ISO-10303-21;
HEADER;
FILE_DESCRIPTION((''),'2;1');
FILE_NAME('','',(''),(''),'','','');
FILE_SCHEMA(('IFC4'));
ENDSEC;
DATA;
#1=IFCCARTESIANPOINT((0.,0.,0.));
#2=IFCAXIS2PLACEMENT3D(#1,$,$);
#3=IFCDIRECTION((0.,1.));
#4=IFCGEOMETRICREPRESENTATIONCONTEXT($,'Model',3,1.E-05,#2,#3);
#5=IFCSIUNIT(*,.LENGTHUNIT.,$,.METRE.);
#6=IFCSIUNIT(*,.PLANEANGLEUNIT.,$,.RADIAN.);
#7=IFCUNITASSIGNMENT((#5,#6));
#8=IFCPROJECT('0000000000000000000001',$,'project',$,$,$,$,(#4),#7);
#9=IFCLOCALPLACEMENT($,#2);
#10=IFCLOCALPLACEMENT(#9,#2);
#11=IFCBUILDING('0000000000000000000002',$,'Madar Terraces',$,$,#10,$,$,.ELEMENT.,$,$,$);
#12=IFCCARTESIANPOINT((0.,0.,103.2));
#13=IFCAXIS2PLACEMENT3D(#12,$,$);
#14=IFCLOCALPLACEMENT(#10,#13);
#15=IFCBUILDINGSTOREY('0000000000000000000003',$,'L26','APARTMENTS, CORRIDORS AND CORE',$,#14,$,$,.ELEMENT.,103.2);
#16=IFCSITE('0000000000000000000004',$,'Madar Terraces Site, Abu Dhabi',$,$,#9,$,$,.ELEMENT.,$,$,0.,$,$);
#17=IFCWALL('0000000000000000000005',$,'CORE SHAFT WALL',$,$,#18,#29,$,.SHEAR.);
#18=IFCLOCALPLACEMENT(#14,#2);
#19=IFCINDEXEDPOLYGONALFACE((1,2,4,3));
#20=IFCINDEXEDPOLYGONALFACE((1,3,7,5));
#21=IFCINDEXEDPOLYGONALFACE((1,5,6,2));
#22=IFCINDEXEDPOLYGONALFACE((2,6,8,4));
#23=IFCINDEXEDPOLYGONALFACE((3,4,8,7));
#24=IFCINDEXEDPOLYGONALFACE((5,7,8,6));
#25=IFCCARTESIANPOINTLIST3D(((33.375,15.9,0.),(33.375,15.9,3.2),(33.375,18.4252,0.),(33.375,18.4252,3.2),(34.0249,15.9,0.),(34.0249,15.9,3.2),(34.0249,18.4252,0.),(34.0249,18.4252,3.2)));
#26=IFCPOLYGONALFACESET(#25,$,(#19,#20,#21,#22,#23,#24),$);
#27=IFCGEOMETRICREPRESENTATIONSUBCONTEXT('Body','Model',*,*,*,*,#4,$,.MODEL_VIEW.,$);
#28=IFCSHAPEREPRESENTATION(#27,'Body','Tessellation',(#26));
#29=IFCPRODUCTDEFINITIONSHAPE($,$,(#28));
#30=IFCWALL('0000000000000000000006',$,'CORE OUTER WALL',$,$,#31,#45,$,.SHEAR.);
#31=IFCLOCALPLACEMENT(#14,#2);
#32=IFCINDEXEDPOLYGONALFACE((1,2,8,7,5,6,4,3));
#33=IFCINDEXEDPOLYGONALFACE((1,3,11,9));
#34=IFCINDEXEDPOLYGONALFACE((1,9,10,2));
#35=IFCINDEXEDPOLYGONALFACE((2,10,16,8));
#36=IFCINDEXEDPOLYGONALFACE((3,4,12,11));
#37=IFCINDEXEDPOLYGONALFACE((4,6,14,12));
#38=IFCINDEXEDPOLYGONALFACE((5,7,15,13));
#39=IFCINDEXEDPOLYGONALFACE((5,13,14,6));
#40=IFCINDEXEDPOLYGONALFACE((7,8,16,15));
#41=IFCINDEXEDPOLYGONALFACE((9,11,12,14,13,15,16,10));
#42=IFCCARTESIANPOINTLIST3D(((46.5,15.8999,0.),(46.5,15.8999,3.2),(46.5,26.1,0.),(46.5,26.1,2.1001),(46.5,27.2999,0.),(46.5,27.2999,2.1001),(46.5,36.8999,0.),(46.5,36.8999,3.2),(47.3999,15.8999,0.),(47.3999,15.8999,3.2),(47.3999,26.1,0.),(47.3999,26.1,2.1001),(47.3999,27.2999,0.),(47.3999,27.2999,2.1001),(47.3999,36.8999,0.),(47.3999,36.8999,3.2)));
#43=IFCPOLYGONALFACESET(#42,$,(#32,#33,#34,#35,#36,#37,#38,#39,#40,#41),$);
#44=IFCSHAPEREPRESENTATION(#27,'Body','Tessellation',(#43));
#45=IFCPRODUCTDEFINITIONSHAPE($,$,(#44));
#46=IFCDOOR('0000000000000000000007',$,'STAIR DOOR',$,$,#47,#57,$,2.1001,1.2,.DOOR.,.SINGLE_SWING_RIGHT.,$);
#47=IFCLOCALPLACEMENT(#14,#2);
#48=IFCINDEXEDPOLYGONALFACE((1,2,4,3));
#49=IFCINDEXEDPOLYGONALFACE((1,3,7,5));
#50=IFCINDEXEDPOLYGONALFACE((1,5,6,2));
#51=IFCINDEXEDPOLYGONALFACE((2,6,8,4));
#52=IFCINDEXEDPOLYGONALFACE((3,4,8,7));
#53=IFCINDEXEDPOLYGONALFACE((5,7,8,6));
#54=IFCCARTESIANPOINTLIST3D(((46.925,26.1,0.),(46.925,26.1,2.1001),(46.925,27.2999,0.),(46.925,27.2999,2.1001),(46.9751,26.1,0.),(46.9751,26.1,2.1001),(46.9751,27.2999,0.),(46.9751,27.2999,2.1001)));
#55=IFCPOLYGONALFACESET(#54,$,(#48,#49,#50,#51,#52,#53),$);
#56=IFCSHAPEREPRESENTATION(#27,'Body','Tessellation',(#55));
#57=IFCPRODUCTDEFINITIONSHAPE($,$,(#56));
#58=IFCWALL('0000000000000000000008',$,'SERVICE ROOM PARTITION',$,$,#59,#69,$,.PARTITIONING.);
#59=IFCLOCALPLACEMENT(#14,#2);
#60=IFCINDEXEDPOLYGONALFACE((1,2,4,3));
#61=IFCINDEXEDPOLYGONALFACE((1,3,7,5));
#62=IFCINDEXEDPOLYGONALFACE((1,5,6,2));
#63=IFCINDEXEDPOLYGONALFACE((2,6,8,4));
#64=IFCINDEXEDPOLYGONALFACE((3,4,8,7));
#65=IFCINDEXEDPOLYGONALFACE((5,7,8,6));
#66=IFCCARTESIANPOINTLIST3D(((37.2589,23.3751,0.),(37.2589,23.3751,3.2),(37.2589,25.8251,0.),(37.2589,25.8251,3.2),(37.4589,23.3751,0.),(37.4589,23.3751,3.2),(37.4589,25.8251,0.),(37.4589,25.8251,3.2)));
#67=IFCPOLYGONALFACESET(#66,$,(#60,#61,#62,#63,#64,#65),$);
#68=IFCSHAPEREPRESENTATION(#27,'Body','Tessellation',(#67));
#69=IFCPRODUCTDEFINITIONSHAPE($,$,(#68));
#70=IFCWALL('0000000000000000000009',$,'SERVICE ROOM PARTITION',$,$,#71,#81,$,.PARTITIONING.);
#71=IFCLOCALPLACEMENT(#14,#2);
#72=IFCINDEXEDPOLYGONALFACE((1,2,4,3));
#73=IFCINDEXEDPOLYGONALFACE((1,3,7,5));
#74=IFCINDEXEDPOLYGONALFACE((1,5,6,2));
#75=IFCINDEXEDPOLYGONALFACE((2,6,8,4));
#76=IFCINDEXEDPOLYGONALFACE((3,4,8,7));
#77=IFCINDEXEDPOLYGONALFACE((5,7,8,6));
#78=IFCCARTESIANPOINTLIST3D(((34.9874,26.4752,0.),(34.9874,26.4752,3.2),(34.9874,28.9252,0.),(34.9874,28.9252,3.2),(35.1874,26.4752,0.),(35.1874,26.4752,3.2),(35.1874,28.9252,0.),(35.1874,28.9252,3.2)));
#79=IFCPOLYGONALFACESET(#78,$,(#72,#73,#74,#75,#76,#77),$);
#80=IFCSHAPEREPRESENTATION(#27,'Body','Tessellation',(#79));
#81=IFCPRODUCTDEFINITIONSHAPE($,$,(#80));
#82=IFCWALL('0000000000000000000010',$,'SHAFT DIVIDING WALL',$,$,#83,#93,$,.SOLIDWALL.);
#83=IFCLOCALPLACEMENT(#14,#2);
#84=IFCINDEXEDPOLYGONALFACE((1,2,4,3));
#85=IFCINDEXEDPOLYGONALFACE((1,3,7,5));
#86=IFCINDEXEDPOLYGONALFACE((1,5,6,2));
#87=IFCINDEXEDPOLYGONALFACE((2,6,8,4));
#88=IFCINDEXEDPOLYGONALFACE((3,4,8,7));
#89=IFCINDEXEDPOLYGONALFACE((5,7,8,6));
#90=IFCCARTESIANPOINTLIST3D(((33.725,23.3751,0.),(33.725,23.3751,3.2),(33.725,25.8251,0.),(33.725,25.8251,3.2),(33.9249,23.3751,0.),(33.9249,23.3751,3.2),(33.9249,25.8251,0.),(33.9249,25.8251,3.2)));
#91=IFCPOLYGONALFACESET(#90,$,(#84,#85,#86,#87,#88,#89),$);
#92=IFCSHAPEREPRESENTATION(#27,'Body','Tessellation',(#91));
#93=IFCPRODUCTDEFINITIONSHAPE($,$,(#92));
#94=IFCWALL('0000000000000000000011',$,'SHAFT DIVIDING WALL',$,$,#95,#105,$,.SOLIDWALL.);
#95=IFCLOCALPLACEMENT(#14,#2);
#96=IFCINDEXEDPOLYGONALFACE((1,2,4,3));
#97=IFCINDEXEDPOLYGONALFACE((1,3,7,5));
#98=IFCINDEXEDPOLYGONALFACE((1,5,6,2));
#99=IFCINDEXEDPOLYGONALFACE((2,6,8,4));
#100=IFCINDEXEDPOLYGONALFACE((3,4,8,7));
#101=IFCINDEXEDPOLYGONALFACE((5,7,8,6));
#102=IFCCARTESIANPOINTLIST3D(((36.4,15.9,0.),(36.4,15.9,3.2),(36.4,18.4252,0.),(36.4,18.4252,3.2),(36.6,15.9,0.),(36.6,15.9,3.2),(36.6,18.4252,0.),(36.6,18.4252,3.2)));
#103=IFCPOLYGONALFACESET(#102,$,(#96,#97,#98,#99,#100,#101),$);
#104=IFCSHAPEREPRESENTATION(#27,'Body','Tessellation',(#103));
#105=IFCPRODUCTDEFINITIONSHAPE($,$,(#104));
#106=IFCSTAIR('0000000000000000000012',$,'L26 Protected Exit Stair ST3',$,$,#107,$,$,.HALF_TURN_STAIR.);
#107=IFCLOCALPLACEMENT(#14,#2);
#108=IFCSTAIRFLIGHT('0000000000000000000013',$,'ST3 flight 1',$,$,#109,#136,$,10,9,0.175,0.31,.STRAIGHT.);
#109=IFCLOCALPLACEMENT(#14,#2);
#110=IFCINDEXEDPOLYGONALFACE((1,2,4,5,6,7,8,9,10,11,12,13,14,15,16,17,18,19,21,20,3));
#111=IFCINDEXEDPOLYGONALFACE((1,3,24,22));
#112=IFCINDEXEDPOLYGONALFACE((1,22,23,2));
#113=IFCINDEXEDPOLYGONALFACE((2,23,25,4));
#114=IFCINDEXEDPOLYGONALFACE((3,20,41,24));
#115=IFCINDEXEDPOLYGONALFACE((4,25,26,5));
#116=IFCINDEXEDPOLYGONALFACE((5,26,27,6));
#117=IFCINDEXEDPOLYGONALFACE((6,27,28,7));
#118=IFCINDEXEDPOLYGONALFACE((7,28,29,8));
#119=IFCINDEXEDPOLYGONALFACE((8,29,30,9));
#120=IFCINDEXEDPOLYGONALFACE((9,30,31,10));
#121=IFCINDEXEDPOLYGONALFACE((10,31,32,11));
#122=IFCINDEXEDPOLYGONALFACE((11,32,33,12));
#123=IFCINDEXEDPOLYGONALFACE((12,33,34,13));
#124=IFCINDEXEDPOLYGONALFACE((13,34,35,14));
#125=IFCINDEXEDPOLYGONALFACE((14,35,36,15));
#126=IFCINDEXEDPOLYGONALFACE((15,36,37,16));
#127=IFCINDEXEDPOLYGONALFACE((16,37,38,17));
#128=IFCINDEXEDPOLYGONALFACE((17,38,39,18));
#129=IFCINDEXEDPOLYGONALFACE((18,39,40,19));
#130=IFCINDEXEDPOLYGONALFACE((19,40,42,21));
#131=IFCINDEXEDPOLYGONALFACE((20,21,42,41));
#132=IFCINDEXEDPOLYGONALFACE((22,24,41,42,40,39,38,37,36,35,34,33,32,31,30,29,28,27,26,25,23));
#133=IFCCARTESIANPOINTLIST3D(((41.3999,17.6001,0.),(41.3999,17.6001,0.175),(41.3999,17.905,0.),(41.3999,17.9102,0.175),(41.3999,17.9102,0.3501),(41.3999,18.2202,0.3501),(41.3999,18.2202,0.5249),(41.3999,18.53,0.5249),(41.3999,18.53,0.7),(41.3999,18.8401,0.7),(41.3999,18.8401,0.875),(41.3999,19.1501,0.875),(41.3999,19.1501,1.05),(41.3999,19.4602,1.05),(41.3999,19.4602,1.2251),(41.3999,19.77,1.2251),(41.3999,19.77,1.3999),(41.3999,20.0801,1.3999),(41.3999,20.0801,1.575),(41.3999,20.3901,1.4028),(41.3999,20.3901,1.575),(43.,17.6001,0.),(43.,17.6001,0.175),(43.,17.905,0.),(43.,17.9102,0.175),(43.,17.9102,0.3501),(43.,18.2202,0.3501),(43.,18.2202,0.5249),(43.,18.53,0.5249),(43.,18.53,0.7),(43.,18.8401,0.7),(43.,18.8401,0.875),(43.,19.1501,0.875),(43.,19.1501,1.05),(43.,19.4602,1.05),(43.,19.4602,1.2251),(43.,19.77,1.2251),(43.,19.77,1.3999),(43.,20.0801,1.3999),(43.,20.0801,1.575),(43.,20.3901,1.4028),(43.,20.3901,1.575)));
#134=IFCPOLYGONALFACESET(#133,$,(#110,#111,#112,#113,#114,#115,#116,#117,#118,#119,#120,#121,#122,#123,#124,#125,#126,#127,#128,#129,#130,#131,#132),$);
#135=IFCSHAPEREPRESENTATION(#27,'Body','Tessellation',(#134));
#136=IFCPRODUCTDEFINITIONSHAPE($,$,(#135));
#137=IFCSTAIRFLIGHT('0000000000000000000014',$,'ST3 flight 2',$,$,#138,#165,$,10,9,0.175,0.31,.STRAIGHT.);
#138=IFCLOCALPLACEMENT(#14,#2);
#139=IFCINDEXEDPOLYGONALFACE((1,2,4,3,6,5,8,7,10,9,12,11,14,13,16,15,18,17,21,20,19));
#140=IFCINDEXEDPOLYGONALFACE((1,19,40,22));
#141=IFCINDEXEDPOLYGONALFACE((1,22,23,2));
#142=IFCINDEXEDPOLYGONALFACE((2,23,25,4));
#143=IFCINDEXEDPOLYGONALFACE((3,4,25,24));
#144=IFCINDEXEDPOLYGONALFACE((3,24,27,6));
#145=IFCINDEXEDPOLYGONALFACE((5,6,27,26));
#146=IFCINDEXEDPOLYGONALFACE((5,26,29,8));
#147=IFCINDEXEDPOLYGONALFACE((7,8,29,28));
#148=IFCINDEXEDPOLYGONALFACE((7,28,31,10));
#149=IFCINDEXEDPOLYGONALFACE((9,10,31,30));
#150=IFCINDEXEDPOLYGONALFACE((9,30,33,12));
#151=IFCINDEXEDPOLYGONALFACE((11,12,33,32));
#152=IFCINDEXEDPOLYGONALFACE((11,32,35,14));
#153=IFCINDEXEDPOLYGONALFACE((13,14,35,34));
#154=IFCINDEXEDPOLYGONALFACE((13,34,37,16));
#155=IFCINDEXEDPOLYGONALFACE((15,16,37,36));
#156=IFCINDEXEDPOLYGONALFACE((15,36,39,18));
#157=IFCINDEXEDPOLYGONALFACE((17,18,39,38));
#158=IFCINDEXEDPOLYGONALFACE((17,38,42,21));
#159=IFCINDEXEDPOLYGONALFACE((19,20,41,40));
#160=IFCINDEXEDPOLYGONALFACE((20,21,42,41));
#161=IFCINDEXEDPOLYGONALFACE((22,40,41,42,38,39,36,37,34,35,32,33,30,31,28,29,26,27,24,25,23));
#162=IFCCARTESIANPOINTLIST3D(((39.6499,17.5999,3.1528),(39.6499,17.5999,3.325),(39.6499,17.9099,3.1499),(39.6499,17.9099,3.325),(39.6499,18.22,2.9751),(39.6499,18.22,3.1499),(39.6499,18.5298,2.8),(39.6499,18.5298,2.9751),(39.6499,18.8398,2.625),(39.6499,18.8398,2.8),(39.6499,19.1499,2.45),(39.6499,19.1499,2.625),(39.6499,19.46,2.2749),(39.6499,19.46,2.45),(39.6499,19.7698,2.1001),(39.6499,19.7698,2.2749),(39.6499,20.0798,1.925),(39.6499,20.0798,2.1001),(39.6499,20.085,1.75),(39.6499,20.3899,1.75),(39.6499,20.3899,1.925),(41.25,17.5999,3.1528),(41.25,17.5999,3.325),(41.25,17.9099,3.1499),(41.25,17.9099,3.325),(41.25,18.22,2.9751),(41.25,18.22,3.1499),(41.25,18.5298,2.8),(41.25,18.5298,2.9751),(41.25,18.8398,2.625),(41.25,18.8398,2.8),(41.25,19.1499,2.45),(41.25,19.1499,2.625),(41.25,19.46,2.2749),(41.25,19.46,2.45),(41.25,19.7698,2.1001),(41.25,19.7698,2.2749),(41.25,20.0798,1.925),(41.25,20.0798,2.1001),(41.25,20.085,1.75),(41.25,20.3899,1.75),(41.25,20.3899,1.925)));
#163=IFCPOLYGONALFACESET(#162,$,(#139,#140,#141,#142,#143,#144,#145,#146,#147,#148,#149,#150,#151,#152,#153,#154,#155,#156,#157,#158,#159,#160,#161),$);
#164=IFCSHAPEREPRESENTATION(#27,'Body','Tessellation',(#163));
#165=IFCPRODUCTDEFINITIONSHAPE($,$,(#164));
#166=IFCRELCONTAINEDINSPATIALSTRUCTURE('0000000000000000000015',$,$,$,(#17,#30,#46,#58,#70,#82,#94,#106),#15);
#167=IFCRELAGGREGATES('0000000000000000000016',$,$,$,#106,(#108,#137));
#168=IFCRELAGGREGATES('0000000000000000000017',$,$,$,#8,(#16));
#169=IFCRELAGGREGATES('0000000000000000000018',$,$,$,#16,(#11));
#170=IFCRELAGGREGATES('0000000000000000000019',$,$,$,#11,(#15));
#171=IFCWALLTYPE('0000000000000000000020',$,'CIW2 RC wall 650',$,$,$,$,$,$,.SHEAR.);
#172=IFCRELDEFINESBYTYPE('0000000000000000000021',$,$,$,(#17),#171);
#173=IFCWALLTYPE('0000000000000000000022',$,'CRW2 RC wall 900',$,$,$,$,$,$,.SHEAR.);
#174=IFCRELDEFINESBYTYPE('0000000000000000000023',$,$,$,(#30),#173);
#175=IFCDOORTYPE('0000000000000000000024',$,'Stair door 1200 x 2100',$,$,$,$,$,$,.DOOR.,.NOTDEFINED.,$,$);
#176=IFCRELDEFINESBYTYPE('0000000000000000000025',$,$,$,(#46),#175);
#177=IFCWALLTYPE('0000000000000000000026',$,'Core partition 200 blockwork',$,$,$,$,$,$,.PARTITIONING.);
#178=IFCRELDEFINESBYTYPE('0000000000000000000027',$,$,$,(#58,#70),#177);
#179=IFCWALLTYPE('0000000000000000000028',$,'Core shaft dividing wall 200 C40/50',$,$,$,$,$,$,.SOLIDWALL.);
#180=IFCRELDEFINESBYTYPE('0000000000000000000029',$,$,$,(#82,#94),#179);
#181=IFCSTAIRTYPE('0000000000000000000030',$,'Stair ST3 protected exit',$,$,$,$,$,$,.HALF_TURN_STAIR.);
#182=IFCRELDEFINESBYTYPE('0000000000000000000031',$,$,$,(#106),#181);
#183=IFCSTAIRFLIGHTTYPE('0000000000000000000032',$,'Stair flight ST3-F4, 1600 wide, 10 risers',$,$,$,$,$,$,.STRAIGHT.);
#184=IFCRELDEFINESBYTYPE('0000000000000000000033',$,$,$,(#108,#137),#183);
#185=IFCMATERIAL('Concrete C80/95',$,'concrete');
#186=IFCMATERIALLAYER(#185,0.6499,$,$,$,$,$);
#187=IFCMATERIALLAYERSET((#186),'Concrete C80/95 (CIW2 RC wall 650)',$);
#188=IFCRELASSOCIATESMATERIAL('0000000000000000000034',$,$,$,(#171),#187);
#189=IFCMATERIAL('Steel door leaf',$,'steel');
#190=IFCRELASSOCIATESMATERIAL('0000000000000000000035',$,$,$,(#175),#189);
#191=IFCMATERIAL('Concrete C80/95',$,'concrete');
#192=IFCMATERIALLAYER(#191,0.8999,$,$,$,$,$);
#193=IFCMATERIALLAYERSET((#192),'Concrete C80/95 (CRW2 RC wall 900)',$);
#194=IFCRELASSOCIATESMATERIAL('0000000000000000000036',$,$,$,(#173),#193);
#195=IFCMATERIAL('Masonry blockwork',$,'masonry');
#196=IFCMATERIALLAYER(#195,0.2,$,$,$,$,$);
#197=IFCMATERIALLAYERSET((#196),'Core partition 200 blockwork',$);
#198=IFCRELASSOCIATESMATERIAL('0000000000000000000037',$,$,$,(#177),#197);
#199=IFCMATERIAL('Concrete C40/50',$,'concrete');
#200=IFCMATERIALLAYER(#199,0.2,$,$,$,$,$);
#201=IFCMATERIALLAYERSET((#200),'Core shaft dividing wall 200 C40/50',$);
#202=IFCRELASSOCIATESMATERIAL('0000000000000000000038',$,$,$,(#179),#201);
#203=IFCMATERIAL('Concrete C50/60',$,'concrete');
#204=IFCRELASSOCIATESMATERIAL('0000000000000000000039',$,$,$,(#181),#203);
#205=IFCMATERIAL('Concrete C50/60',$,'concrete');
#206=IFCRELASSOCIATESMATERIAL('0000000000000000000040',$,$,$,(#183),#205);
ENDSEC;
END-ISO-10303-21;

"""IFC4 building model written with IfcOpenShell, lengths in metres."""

from ifc_helpers import new_model, si_unit, direction, frame, frame_2d, origin, place, context, subcontext, project, spatial, polyline, rectangle, outline, extrude, material, layer, layer_set, type_object, element, fill, aggregate, save


model = new_model("IFC4")

# Units and contexts
model_context = context("Model", 3, precision=1e-05, world=origin(), true_north=direction((0.0, 1.0)))
body_context = subcontext(model_context, "Body", "Model", "MODEL_VIEW")
ifc_project = project(units=[si_unit("LENGTHUNIT", "METRE"), si_unit("PLANEANGLEUNIT", "RADIAN")], contexts=[model_context])

# Site, building, storey
site_placement = place(None, origin())
site = spatial("IfcSite", under=ifc_project, at=site_placement, Name="Madar Terraces Site, Abu Dhabi", CompositionType="ELEMENT", RefElevation=0.0)
building_placement = place(site_placement, origin())
building = spatial("IfcBuilding", under=site, at=building_placement, Name="Madar Terraces", CompositionType="ELEMENT")
storey_placement = place(building_placement, frame((0.0, 0.0, 103.2)))
storey = spatial("IfcBuildingStorey", under=building, at=storey_placement, Name="L26", Description="APARTMENTS, CORRIDORS AND CORE", CompositionType="ELEMENT", Elevation=103.2)

# Shared definitions
ifc_material_1 = material(Name="Concrete C80/95", Category="concrete")
ifc_layer_1 = layer(ifc_material_1, 0.6499)
ifc_layer_set_1 = layer_set([ifc_layer_1], Name="Concrete C80/95 (CIW2 RC wall 650)")
wall_type_1 = type_object("IfcWallType", Name="CIW2 RC wall 650", PredefinedType="SHEAR", material=ifc_layer_set_1)

# Shared definitions
ifc_material_2 = material(Name="Steel door leaf", Category="steel")
door_type_1 = type_object("IfcDoorType", Name="Stair door 1200 x 2100", OperationType="NOTDEFINED", PredefinedType="DOOR", material=ifc_material_2)

# Wall
wall_1_placement = place(storey_placement, frame((33.7, 15.8999, 0.0), z_axis=(0.0, 0.0, 1.0), x_axis=(0.0, 1.0, 0.0)))
element("IfcWall", 1, at=wall_1_placement, inside=storey, type_object=wall_type_1, Name="CORE SHAFT WALL", PredefinedType="SHEAR", context=body_context, shape_type="SweptSolid", body=[
    extrude(rectangle(XDim=2.5251, YDim=0.6499, at=frame_2d((1.2627, 0.0))), origin(), (0.0, 0.0, 1.0), 3.2),
])

# Wall, opening, door
ifc_material_3 = material(Name="Concrete C80/95", Category="concrete")
ifc_layer_2 = layer(ifc_material_3, 0.8999)
ifc_layer_set_2 = layer_set([ifc_layer_2], Name="Concrete C80/95 (CRW2 RC wall 900)")
wall_type_2 = type_object("IfcWallType", Name="CRW2 RC wall 900", PredefinedType="SHEAR", material=ifc_layer_set_2)
wall_2_placement = place(storey_placement, frame((46.95, 15.8999, 0.0), z_axis=(0.0, 0.0, 1.0), x_axis=(0.0, 1.0, 0.0)))
wall_2 = element("IfcWall", 2, at=wall_2_placement, inside=storey, type_object=wall_type_2, Name="CORE OUTER WALL", PredefinedType="SHEAR", context=body_context, shape_type="SweptSolid", body=[
    extrude(rectangle(XDim=21.0, YDim=0.8999, at=frame_2d((10.5, 0.0))), origin(), (0.0, 0.0, 1.0), 3.2),
])
opening_1_placement = place(wall_2_placement, frame((10.2, 0.0, 0.0)))
opening_1 = element("IfcOpeningElement", 3, at=opening_1_placement, cuts=wall_2, PredefinedType="OPENING", context=body_context, shape_type="SweptSolid", body=[
    extrude(rectangle(XDim=1.2, YDim=2.1001, at=frame_2d((0.6001, 1.05))), frame((0.0, 0.46, 0.0), z_axis=(0.0, -1.0, 0.0), x_axis=(1.0, 0.0, 0.0)), (0.0, 0.0, 1.0), 0.9199),
])
door_1_placement = place(opening_1_placement, origin())
door_1 = element("IfcDoor", 4, at=door_1_placement, inside=storey, type_object=door_type_1, Name="STAIR DOOR", OperationType="SINGLE_SWING_RIGHT", OverallHeight=2.1001, OverallWidth=1.2, PredefinedType="DOOR", context=body_context, shape_type="SweptSolid", body=[
    extrude(rectangle(XDim=1.2, YDim=2.1001, at=frame_2d((0.6001, 1.05))), frame((0.0, 0.0249, 0.0), z_axis=(0.0, -1.0, 0.0), x_axis=(1.0, 0.0, 0.0)), (0.0, 0.0, 1.0), 0.05),
])
fill(opening_1, door_1)

# Walls
ifc_material_4 = material(Name="Masonry blockwork", Category="masonry")
ifc_layer_3 = layer(ifc_material_4, 0.2)
ifc_layer_set_3 = layer_set([ifc_layer_3], Name="Core partition 200 blockwork")
wall_type_3 = type_object("IfcWallType", Name="Core partition 200 blockwork", PredefinedType="PARTITIONING", material=ifc_layer_set_3)
for number, where, z_axis, x_axis, name in (
    (5, (37.3589, 23.375, 0.0), (0.0, 0.0, 1.0), (0.0, 1.0, 0.0), "SERVICE ROOM PARTITION"),
    (6, (35.0874, 26.4751, 0.0), (0.0, 0.0, 1.0), (0.0, 1.0, 0.0), "SERVICE ROOM PARTITION"),
):
    element("IfcWall", number, at=place(storey_placement, frame(where, z_axis=z_axis, x_axis=x_axis)), inside=storey, type_object=wall_type_3, Name=name, PredefinedType="PARTITIONING", context=body_context, shape_type="SweptSolid", body=[
        extrude(rectangle(XDim=2.45, YDim=0.2, at=frame_2d((1.2251, 0.0))), origin(), (0.0, 0.0, 1.0), 3.2),
    ])
ifc_material_5 = material(Name="Concrete C40/50", Category="concrete")
ifc_layer_4 = layer(ifc_material_5, 0.2)
ifc_layer_set_4 = layer_set([ifc_layer_4], Name="Core shaft dividing wall 200 C40/50")
wall_type_4 = type_object("IfcWallType", Name="Core shaft dividing wall 200 C40/50", PredefinedType="SOLIDWALL", material=ifc_layer_set_4)
wall_3_placement = place(storey_placement, frame((33.825, 23.375, 0.0), z_axis=(0.0, 0.0, 1.0), x_axis=(0.0, 1.0, 0.0)))
element("IfcWall", 7, at=wall_3_placement, inside=storey, type_object=wall_type_4, Name="SHAFT DIVIDING WALL", PredefinedType="SOLIDWALL", context=body_context, shape_type="SweptSolid", body=[
    extrude(rectangle(XDim=2.45, YDim=0.2, at=frame_2d((1.2251, 0.0))), origin(), (0.0, 0.0, 1.0), 3.2),
])
wall_4_placement = place(storey_placement, frame((36.5, 15.8999, 0.0), z_axis=(0.0, 0.0, 1.0), x_axis=(0.0, 1.0, 0.0)))
element("IfcWall", 8, at=wall_4_placement, inside=storey, type_object=wall_type_4, Name="SHAFT DIVIDING WALL", PredefinedType="SOLIDWALL", context=body_context, shape_type="SweptSolid", body=[
    extrude(rectangle(XDim=2.5251, YDim=0.2, at=frame_2d((1.2627, 0.0))), origin(), (0.0, 0.0, 1.0), 3.2),
])

# Stair, stair flights
ifc_material_6 = material(Name="Concrete C50/60", Category="concrete")
stair_type = type_object("IfcStairType", Name="Stair ST3 protected exit", PredefinedType="HALF_TURN_STAIR", material=ifc_material_6)
stair_placement = place(storey_placement, origin())
stair = element("IfcStair", 9, at=stair_placement, inside=storey, type_object=stair_type, Name="L26 Protected Exit Stair ST3", PredefinedType="HALF_TURN_STAIR")
ifc_material_7 = material(Name="Concrete C50/60", Category="concrete")
stair_flight_type = type_object("IfcStairFlightType", Name="Stair flight ST3-F4, 1600 wide, 10 risers", PredefinedType="STRAIGHT", material=ifc_material_7)
stair_flight_1_placement = place(storey_placement, frame((42.2, 17.6001, 0.0), z_axis=(0.0, 0.0, 1.0), x_axis=(0.0, 1.0, 0.0)))
stair_flight_1 = element("IfcStairFlight", 10, at=stair_flight_1_placement, type_object=stair_flight_type, Name="ST3 flight 1", NumberOfRisers=10, NumberOfTreads=9, PredefinedType="STRAIGHT", RiserHeight=0.175, TreadLength=0.31, context=body_context, shape_type="SweptSolid", body=[
    extrude(outline(polyline([(0.0, 0.0), (0.0, 0.175), (0.3101, 0.175), (0.3101, 0.3501), (0.6201, 0.3501), (0.6201, 0.5249), (0.9299, 0.5249), (0.9299, 0.7), (1.24, 0.7), (1.24, 0.875), (1.55, 0.875), (1.55, 1.05), (1.8601, 1.05), (1.8601, 1.2251), (2.1699, 1.2251), (2.1699, 1.3999), (2.48, 1.3999), (2.48, 1.575), (2.79, 1.575), (2.79, 1.75), (2.79, 1.4028), (0.3049, 0.0), (0.0, 0.0)])), frame((0.0, 0.8, 0.0), z_axis=(0.0, -1.0, 0.0), x_axis=(1.0, 0.0, 0.0)), (0.0, 0.0, 1.0), 1.6001),
])
stair_flight_2_placement = place(storey_placement, frame((40.45, 20.3899, 1.75), z_axis=(0.0, 0.0, 1.0), x_axis=(0.0, -1.0, 0.0)))
stair_flight_2 = element("IfcStairFlight", 11, at=stair_flight_2_placement, type_object=stair_flight_type, Name="ST3 flight 2", NumberOfRisers=10, NumberOfTreads=9, PredefinedType="STRAIGHT", RiserHeight=0.175, TreadLength=0.31, context=body_context, shape_type="SweptSolid", body=[
    extrude(outline(polyline([(0.0, 0.0), (0.0, 0.175), (0.3101, 0.175), (0.3101, 0.3501), (0.6201, 0.3501), (0.6201, 0.5249), (0.9299, 0.5249), (0.9299, 0.7), (1.24, 0.7), (1.24, 0.875), (1.55, 0.875), (1.55, 1.05), (1.8601, 1.05), (1.8601, 1.2251), (2.1699, 1.2251), (2.1699, 1.3999), (2.48, 1.3999), (2.48, 1.575), (2.79, 1.575), (2.79, 1.75), (2.79, 1.4028), (0.3049, 0.0), (0.0, 0.0)])), frame((0.0, 0.8, 0.0), z_axis=(0.0, -1.0, 0.0), x_axis=(1.0, 0.0, 0.0)), (0.0, 0.0, 1.0), 1.6001),
])
aggregate(stair, [stair_flight_1, stair_flight_2])

save(model, "model.ifc")
